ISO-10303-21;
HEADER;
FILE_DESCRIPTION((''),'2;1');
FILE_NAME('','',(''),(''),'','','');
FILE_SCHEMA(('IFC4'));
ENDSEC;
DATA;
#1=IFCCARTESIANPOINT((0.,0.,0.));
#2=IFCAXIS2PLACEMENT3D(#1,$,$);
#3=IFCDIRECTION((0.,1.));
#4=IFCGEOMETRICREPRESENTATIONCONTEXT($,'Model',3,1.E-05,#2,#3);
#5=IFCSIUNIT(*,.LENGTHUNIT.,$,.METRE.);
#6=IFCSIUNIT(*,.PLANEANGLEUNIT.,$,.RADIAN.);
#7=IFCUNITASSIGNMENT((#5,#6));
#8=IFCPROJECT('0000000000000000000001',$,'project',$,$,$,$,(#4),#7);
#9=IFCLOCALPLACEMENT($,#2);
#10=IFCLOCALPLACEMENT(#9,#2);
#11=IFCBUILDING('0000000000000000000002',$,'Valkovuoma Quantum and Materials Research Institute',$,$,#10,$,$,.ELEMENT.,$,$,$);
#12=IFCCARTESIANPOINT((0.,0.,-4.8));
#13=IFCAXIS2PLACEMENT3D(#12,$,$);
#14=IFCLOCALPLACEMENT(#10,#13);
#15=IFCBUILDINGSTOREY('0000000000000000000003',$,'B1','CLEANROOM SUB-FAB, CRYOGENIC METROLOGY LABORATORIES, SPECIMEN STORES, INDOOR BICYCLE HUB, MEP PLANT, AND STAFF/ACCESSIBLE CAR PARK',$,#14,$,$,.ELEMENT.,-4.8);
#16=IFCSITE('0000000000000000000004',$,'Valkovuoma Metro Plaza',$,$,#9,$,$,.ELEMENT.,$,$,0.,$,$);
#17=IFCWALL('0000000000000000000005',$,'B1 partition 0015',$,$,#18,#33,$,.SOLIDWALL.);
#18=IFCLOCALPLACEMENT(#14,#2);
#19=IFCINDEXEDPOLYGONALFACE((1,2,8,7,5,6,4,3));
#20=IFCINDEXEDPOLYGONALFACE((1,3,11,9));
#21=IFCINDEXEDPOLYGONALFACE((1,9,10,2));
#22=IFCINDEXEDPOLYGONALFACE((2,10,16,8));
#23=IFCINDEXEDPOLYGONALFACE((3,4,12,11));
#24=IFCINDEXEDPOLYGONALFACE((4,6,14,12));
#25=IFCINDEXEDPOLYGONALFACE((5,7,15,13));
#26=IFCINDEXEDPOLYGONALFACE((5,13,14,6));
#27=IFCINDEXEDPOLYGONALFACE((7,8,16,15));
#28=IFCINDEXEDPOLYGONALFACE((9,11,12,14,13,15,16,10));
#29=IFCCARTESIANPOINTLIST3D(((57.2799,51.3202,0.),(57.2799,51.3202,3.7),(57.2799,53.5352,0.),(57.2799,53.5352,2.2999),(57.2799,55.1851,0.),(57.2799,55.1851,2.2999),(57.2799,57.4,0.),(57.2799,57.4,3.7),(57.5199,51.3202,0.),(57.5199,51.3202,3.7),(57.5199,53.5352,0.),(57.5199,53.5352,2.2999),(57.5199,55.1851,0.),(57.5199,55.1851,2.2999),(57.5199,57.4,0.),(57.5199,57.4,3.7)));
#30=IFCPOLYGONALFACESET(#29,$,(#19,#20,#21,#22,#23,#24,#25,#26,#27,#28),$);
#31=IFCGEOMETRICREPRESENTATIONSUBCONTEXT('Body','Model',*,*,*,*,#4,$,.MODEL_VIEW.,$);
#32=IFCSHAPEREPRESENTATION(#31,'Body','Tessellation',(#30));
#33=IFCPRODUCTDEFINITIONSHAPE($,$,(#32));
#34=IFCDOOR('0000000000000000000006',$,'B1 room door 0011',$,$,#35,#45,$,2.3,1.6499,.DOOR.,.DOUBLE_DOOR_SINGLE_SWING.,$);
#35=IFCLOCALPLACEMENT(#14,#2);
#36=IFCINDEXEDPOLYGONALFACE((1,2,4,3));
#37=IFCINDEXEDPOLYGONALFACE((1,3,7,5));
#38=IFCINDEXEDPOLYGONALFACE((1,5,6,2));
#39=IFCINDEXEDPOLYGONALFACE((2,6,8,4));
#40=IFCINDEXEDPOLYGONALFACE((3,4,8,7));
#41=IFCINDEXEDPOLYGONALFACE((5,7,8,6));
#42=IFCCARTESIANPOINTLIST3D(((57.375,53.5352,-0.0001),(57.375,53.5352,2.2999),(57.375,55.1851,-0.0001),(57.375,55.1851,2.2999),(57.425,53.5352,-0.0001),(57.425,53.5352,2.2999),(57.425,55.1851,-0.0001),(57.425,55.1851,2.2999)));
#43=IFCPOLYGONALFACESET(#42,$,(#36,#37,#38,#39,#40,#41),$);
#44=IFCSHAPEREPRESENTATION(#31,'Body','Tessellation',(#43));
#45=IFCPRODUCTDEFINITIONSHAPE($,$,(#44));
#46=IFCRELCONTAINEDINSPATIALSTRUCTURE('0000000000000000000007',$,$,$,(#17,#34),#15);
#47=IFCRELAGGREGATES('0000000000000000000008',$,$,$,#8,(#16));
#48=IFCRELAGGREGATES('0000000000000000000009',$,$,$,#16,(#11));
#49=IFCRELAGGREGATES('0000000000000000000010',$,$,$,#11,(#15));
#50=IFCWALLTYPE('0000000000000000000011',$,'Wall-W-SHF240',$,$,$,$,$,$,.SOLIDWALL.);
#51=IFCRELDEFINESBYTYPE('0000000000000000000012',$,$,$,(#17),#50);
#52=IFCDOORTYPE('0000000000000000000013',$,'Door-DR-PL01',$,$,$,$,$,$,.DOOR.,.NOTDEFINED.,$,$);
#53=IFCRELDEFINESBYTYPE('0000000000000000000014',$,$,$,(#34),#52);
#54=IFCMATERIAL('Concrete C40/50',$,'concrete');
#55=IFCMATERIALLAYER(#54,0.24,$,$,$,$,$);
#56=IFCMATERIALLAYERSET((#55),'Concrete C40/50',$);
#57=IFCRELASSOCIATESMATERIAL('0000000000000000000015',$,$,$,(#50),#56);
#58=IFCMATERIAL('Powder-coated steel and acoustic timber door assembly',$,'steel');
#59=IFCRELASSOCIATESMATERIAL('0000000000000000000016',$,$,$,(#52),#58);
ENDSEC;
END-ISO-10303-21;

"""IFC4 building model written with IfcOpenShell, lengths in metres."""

from ifc_helpers import new_model, si_unit, direction, frame, frame_2d, origin, place, context, subcontext, project, spatial, rectangle, extrude, material, layer, layer_set, type_object, element, fill, save


model = new_model("IFC4")

# Units and contexts
model_context = context("Model", 3, precision=1e-05, world=origin(), true_north=direction((0.0, 1.0)))
body_context = subcontext(model_context, "Body", "Model", "MODEL_VIEW")
ifc_project = project(units=[si_unit("LENGTHUNIT", "METRE"), si_unit("PLANEANGLEUNIT", "RADIAN")], contexts=[model_context])

# Site, building, storey
site_placement = place(None, origin())
site = spatial("IfcSite", under=ifc_project, at=site_placement, Name="Valkovuoma Metro Plaza", CompositionType="ELEMENT", RefElevation=0.0)
building_placement = place(site_placement, origin())
building = spatial("IfcBuilding", under=site, at=building_placement, Name="Valkovuoma Quantum and Materials Research Institute", CompositionType="ELEMENT")
storey_placement = place(building_placement, frame((0.0, 0.0, -4.8)))
storey = spatial("IfcBuildingStorey", under=building, at=storey_placement, Name="B1", Description="CLEANROOM SUB-FAB, CRYOGENIC METROLOGY LABORATORIES, SPECIMEN STORES, INDOOR BICYCLE HUB, MEP PLANT, AND STAFF/ACCESSIBLE CAR PARK", CompositionType="ELEMENT", Elevation=-4.8)

# Wall, opening, door
ifc_material_1 = material(Name="Concrete C40/50", Category="concrete")
ifc_layer_1 = layer(ifc_material_1, 0.24)
ifc_layer_set_1 = layer_set([ifc_layer_1], Name="Concrete C40/50")
wall_type_1 = type_object("IfcWallType", Name="Wall-W-SHF240", PredefinedType="SOLIDWALL", material=ifc_layer_set_1)
wall_1_placement = place(storey_placement, frame((57.3999, 51.3201, 0.0), z_axis=(0.0, 0.0, 1.0), x_axis=(0.0, 1.0, 0.0)))
wall_1 = element("IfcWall", 1, at=wall_1_placement, inside=storey, type_object=wall_type_1, Name="B1 partition 0015", PredefinedType="SOLIDWALL", context=body_context, shape_type="SweptSolid", body=[
    extrude(rectangle(XDim=6.0798, YDim=0.24, at=frame_2d((3.04, 0.0))), origin(), (0.0, 0.0, 1.0), 3.7),
])
opening_1_placement = place(wall_1_placement, frame((2.2151, 0.0, 0.0)))
opening_1 = element("IfcOpeningElement", 2, at=opening_1_placement, cuts=wall_1, PredefinedType="OPENING", context=body_context, shape_type="SweptSolid", body=[
    extrude(rectangle(XDim=1.6499, YDim=2.3, at=frame_2d((0.825, 1.1499))), frame((0.0, 0.1299, 0.0), z_axis=(0.0, -1.0, 0.0), x_axis=(1.0, 0.0, 0.0)), (0.0, 0.0, 1.0), 0.26),
])
ifc_material_2 = material(Name="Powder-coated steel and acoustic timber door assembly", Category="steel")
door_type_1 = type_object("IfcDoorType", Name="Door-DR-PL01", OperationType="NOTDEFINED", PredefinedType="DOOR", material=ifc_material_2)
door_1_placement = place(opening_1_placement, origin())
door_1 = element("IfcDoor", 3, at=door_1_placement, inside=storey, type_object=door_type_1, Name="B1 room door 0011", OperationType="DOUBLE_DOOR_SINGLE_SWING", OverallHeight=2.3, OverallWidth=1.6499, PredefinedType="DOOR", context=body_context, shape_type="SweptSolid", body=[
    extrude(rectangle(XDim=1.6499, YDim=2.3, at=frame_2d((0.825, 1.1499))), frame((0.0, 0.0249, 0.0), z_axis=(0.0, -1.0, 0.0), x_axis=(1.0, 0.0, 0.0)), (0.0, 0.0, 1.0), 0.05),
])
fill(opening_1, door_1)

save(model, "model.ifc")
